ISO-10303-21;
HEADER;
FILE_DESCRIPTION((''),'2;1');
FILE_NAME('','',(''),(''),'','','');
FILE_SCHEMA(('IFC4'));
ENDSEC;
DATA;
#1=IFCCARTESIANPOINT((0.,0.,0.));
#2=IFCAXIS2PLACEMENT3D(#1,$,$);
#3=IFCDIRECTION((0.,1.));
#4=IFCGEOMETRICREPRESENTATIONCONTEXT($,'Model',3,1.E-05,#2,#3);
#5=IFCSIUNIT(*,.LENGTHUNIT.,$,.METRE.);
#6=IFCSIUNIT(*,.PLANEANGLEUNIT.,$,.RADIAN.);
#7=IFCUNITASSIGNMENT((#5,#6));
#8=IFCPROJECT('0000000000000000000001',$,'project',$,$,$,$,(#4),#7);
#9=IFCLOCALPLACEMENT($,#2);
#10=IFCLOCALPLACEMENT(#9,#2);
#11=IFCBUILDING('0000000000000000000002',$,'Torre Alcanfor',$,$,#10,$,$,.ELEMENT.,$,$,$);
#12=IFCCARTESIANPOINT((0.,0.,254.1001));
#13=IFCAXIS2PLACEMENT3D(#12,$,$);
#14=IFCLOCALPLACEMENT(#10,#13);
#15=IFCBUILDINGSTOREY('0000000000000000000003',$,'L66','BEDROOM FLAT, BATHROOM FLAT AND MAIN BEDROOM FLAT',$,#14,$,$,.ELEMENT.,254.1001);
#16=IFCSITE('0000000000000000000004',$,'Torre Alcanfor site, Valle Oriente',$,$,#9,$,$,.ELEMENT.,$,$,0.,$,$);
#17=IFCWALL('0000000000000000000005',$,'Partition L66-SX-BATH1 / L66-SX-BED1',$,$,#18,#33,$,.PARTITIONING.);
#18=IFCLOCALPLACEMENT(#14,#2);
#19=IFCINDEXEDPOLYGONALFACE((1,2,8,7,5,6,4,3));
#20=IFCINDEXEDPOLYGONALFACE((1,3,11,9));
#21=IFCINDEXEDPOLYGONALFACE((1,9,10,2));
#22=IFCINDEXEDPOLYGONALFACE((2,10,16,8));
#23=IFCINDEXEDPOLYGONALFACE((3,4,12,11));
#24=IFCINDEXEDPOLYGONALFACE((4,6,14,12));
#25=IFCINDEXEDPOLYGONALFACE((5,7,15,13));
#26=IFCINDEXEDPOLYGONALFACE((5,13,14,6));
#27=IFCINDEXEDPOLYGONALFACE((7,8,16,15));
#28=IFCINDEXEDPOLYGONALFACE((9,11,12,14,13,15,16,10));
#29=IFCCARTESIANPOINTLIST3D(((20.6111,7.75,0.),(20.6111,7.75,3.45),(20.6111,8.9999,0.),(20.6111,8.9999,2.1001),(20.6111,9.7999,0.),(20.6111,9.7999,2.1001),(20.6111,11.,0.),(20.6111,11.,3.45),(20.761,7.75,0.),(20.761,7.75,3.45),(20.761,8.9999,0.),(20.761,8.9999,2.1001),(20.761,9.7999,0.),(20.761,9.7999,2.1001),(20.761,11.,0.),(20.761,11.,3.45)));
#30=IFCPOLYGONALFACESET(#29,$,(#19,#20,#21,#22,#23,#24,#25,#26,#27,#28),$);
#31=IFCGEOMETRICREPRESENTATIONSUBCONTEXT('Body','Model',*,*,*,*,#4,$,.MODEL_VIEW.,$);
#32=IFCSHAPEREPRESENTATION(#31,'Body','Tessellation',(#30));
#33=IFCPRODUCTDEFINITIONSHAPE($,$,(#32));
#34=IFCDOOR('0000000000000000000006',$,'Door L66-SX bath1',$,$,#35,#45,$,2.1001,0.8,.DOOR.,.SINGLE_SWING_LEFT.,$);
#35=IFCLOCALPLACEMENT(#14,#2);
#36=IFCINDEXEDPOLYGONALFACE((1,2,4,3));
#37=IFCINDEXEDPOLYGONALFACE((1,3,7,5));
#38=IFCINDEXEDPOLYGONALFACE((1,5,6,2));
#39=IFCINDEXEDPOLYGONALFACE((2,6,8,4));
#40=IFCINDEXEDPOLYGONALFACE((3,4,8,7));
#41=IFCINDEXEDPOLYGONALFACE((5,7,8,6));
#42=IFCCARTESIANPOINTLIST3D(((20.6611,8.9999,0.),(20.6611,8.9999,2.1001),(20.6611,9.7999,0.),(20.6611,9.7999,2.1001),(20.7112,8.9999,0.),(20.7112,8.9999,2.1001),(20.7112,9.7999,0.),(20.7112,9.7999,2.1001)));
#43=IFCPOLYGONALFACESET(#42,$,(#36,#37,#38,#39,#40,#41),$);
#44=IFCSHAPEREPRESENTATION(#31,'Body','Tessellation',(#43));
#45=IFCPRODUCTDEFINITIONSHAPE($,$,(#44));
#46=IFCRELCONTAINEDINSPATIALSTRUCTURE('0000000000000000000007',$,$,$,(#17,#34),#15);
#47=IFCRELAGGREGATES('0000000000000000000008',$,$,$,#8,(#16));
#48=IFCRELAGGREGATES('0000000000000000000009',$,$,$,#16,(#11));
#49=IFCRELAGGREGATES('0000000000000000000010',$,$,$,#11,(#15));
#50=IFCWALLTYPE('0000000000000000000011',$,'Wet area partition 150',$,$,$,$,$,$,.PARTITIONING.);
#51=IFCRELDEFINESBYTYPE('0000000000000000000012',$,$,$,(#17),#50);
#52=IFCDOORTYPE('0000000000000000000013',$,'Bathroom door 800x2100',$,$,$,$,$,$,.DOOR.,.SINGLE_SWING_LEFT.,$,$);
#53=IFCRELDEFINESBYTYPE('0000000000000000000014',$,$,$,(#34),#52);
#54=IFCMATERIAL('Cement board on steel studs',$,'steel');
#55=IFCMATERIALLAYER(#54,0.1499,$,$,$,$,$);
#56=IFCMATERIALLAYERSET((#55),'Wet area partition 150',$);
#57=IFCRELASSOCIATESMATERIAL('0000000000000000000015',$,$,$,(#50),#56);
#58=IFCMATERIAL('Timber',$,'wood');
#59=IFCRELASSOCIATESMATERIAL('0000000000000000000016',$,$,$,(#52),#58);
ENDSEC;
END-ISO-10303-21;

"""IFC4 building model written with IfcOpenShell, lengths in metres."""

from ifc_helpers import new_model, si_unit, direction, frame, frame_2d, origin, place, context, subcontext, project, spatial, rectangle, extrude, material, layer, layer_set, type_object, element, fill, save


model = new_model("IFC4")

# Units and contexts
model_context = context("Model", 3, precision=1e-05, world=origin(), true_north=direction((0.0, 1.0)))
body_context = subcontext(model_context, "Body", "Model", "MODEL_VIEW")
ifc_project = project(units=[si_unit("LENGTHUNIT", "METRE"), si_unit("PLANEANGLEUNIT", "RADIAN")], contexts=[model_context])

# Site, building, storey
site_placement = place(None, origin())
site = spatial("IfcSite", under=ifc_project, at=site_placement, Name="Torre Alcanfor site, Valle Oriente", CompositionType="ELEMENT", RefElevation=0.0)
building_placement = place(site_placement, origin())
building = spatial("IfcBuilding", under=site, at=building_placement, Name="Torre Alcanfor", CompositionType="ELEMENT")
storey_placement = place(building_placement, frame((0.0, 0.0, 254.1001)))
storey = spatial("IfcBuildingStorey", under=building, at=storey_placement, Name="L66", Description="BEDROOM FLAT, BATHROOM FLAT AND MAIN BEDROOM FLAT", CompositionType="ELEMENT", Elevation=254.1001)

# Wall, opening, door
ifc_material_1 = material(Name="Cement board on steel studs", Category="steel")
ifc_layer_1 = layer(ifc_material_1, 0.1499)
ifc_layer_set_1 = layer_set([ifc_layer_1], Name="Wet area partition 150")
wall_type_1 = type_object("IfcWallType", Name="Wet area partition 150", PredefinedType="PARTITIONING", material=ifc_layer_set_1)
wall_1_placement = place(storey_placement, frame((20.686, 7.75, 0.0), z_axis=(0.0, 0.0, 1.0), x_axis=(0.0, 1.0, 0.0)))
wall_1 = element("IfcWall", 1, at=wall_1_placement, inside=storey, type_object=wall_type_1, Name="Partition L66-SX-BATH1 / L66-SX-BED1", PredefinedType="PARTITIONING", context=body_context, shape_type="SweptSolid", body=[
    extrude(rectangle(XDim=3.25, YDim=0.1499, at=frame_2d((1.625, 0.0))), origin(), (0.0, 0.0, 1.0), 3.45),
])
opening_1_placement = place(wall_1_placement, frame((1.25, 0.0, 0.0)))
opening_1 = element("IfcOpeningElement", 2, at=opening_1_placement, cuts=wall_1, PredefinedType="OPENING", context=body_context, shape_type="SweptSolid", body=[
    extrude(rectangle(XDim=0.8, YDim=2.1001, at=frame_2d((0.3999, 1.05))), frame((0.0, 0.085, 0.0), z_axis=(0.0, -1.0, 0.0), x_axis=(1.0, 0.0, 0.0)), (0.0, 0.0, 1.0), 0.1699),
])
ifc_material_2 = material(Name="Timber", Category="wood")
door_type_1 = type_object("IfcDoorType", Name="Bathroom door 800x2100", OperationType="SINGLE_SWING_LEFT", PredefinedType="DOOR", material=ifc_material_2)
door_1_placement = place(opening_1_placement, frame((0.8, 0.0, 0.0), z_axis=(0.0, 0.0, 1.0), x_axis=(-1.0, 0.0, 0.0)))
door_1 = element("IfcDoor", 3, at=door_1_placement, inside=storey, type_object=door_type_1, Name="Door L66-SX bath1", OperationType="SINGLE_SWING_LEFT", OverallHeight=2.1001, OverallWidth=0.8, PredefinedType="DOOR", context=body_context, shape_type="SweptSolid", body=[
    extrude(rectangle(XDim=0.8, YDim=2.1001, at=frame_2d((0.4001, 1.05))), frame((0.0, 0.0251, 0.0), z_axis=(0.0, -1.0, 0.0), x_axis=(1.0, 0.0, 0.0)), (0.0, 0.0, 1.0), 0.05),
])
fill(opening_1, door_1)

save(model, "model.ifc")
